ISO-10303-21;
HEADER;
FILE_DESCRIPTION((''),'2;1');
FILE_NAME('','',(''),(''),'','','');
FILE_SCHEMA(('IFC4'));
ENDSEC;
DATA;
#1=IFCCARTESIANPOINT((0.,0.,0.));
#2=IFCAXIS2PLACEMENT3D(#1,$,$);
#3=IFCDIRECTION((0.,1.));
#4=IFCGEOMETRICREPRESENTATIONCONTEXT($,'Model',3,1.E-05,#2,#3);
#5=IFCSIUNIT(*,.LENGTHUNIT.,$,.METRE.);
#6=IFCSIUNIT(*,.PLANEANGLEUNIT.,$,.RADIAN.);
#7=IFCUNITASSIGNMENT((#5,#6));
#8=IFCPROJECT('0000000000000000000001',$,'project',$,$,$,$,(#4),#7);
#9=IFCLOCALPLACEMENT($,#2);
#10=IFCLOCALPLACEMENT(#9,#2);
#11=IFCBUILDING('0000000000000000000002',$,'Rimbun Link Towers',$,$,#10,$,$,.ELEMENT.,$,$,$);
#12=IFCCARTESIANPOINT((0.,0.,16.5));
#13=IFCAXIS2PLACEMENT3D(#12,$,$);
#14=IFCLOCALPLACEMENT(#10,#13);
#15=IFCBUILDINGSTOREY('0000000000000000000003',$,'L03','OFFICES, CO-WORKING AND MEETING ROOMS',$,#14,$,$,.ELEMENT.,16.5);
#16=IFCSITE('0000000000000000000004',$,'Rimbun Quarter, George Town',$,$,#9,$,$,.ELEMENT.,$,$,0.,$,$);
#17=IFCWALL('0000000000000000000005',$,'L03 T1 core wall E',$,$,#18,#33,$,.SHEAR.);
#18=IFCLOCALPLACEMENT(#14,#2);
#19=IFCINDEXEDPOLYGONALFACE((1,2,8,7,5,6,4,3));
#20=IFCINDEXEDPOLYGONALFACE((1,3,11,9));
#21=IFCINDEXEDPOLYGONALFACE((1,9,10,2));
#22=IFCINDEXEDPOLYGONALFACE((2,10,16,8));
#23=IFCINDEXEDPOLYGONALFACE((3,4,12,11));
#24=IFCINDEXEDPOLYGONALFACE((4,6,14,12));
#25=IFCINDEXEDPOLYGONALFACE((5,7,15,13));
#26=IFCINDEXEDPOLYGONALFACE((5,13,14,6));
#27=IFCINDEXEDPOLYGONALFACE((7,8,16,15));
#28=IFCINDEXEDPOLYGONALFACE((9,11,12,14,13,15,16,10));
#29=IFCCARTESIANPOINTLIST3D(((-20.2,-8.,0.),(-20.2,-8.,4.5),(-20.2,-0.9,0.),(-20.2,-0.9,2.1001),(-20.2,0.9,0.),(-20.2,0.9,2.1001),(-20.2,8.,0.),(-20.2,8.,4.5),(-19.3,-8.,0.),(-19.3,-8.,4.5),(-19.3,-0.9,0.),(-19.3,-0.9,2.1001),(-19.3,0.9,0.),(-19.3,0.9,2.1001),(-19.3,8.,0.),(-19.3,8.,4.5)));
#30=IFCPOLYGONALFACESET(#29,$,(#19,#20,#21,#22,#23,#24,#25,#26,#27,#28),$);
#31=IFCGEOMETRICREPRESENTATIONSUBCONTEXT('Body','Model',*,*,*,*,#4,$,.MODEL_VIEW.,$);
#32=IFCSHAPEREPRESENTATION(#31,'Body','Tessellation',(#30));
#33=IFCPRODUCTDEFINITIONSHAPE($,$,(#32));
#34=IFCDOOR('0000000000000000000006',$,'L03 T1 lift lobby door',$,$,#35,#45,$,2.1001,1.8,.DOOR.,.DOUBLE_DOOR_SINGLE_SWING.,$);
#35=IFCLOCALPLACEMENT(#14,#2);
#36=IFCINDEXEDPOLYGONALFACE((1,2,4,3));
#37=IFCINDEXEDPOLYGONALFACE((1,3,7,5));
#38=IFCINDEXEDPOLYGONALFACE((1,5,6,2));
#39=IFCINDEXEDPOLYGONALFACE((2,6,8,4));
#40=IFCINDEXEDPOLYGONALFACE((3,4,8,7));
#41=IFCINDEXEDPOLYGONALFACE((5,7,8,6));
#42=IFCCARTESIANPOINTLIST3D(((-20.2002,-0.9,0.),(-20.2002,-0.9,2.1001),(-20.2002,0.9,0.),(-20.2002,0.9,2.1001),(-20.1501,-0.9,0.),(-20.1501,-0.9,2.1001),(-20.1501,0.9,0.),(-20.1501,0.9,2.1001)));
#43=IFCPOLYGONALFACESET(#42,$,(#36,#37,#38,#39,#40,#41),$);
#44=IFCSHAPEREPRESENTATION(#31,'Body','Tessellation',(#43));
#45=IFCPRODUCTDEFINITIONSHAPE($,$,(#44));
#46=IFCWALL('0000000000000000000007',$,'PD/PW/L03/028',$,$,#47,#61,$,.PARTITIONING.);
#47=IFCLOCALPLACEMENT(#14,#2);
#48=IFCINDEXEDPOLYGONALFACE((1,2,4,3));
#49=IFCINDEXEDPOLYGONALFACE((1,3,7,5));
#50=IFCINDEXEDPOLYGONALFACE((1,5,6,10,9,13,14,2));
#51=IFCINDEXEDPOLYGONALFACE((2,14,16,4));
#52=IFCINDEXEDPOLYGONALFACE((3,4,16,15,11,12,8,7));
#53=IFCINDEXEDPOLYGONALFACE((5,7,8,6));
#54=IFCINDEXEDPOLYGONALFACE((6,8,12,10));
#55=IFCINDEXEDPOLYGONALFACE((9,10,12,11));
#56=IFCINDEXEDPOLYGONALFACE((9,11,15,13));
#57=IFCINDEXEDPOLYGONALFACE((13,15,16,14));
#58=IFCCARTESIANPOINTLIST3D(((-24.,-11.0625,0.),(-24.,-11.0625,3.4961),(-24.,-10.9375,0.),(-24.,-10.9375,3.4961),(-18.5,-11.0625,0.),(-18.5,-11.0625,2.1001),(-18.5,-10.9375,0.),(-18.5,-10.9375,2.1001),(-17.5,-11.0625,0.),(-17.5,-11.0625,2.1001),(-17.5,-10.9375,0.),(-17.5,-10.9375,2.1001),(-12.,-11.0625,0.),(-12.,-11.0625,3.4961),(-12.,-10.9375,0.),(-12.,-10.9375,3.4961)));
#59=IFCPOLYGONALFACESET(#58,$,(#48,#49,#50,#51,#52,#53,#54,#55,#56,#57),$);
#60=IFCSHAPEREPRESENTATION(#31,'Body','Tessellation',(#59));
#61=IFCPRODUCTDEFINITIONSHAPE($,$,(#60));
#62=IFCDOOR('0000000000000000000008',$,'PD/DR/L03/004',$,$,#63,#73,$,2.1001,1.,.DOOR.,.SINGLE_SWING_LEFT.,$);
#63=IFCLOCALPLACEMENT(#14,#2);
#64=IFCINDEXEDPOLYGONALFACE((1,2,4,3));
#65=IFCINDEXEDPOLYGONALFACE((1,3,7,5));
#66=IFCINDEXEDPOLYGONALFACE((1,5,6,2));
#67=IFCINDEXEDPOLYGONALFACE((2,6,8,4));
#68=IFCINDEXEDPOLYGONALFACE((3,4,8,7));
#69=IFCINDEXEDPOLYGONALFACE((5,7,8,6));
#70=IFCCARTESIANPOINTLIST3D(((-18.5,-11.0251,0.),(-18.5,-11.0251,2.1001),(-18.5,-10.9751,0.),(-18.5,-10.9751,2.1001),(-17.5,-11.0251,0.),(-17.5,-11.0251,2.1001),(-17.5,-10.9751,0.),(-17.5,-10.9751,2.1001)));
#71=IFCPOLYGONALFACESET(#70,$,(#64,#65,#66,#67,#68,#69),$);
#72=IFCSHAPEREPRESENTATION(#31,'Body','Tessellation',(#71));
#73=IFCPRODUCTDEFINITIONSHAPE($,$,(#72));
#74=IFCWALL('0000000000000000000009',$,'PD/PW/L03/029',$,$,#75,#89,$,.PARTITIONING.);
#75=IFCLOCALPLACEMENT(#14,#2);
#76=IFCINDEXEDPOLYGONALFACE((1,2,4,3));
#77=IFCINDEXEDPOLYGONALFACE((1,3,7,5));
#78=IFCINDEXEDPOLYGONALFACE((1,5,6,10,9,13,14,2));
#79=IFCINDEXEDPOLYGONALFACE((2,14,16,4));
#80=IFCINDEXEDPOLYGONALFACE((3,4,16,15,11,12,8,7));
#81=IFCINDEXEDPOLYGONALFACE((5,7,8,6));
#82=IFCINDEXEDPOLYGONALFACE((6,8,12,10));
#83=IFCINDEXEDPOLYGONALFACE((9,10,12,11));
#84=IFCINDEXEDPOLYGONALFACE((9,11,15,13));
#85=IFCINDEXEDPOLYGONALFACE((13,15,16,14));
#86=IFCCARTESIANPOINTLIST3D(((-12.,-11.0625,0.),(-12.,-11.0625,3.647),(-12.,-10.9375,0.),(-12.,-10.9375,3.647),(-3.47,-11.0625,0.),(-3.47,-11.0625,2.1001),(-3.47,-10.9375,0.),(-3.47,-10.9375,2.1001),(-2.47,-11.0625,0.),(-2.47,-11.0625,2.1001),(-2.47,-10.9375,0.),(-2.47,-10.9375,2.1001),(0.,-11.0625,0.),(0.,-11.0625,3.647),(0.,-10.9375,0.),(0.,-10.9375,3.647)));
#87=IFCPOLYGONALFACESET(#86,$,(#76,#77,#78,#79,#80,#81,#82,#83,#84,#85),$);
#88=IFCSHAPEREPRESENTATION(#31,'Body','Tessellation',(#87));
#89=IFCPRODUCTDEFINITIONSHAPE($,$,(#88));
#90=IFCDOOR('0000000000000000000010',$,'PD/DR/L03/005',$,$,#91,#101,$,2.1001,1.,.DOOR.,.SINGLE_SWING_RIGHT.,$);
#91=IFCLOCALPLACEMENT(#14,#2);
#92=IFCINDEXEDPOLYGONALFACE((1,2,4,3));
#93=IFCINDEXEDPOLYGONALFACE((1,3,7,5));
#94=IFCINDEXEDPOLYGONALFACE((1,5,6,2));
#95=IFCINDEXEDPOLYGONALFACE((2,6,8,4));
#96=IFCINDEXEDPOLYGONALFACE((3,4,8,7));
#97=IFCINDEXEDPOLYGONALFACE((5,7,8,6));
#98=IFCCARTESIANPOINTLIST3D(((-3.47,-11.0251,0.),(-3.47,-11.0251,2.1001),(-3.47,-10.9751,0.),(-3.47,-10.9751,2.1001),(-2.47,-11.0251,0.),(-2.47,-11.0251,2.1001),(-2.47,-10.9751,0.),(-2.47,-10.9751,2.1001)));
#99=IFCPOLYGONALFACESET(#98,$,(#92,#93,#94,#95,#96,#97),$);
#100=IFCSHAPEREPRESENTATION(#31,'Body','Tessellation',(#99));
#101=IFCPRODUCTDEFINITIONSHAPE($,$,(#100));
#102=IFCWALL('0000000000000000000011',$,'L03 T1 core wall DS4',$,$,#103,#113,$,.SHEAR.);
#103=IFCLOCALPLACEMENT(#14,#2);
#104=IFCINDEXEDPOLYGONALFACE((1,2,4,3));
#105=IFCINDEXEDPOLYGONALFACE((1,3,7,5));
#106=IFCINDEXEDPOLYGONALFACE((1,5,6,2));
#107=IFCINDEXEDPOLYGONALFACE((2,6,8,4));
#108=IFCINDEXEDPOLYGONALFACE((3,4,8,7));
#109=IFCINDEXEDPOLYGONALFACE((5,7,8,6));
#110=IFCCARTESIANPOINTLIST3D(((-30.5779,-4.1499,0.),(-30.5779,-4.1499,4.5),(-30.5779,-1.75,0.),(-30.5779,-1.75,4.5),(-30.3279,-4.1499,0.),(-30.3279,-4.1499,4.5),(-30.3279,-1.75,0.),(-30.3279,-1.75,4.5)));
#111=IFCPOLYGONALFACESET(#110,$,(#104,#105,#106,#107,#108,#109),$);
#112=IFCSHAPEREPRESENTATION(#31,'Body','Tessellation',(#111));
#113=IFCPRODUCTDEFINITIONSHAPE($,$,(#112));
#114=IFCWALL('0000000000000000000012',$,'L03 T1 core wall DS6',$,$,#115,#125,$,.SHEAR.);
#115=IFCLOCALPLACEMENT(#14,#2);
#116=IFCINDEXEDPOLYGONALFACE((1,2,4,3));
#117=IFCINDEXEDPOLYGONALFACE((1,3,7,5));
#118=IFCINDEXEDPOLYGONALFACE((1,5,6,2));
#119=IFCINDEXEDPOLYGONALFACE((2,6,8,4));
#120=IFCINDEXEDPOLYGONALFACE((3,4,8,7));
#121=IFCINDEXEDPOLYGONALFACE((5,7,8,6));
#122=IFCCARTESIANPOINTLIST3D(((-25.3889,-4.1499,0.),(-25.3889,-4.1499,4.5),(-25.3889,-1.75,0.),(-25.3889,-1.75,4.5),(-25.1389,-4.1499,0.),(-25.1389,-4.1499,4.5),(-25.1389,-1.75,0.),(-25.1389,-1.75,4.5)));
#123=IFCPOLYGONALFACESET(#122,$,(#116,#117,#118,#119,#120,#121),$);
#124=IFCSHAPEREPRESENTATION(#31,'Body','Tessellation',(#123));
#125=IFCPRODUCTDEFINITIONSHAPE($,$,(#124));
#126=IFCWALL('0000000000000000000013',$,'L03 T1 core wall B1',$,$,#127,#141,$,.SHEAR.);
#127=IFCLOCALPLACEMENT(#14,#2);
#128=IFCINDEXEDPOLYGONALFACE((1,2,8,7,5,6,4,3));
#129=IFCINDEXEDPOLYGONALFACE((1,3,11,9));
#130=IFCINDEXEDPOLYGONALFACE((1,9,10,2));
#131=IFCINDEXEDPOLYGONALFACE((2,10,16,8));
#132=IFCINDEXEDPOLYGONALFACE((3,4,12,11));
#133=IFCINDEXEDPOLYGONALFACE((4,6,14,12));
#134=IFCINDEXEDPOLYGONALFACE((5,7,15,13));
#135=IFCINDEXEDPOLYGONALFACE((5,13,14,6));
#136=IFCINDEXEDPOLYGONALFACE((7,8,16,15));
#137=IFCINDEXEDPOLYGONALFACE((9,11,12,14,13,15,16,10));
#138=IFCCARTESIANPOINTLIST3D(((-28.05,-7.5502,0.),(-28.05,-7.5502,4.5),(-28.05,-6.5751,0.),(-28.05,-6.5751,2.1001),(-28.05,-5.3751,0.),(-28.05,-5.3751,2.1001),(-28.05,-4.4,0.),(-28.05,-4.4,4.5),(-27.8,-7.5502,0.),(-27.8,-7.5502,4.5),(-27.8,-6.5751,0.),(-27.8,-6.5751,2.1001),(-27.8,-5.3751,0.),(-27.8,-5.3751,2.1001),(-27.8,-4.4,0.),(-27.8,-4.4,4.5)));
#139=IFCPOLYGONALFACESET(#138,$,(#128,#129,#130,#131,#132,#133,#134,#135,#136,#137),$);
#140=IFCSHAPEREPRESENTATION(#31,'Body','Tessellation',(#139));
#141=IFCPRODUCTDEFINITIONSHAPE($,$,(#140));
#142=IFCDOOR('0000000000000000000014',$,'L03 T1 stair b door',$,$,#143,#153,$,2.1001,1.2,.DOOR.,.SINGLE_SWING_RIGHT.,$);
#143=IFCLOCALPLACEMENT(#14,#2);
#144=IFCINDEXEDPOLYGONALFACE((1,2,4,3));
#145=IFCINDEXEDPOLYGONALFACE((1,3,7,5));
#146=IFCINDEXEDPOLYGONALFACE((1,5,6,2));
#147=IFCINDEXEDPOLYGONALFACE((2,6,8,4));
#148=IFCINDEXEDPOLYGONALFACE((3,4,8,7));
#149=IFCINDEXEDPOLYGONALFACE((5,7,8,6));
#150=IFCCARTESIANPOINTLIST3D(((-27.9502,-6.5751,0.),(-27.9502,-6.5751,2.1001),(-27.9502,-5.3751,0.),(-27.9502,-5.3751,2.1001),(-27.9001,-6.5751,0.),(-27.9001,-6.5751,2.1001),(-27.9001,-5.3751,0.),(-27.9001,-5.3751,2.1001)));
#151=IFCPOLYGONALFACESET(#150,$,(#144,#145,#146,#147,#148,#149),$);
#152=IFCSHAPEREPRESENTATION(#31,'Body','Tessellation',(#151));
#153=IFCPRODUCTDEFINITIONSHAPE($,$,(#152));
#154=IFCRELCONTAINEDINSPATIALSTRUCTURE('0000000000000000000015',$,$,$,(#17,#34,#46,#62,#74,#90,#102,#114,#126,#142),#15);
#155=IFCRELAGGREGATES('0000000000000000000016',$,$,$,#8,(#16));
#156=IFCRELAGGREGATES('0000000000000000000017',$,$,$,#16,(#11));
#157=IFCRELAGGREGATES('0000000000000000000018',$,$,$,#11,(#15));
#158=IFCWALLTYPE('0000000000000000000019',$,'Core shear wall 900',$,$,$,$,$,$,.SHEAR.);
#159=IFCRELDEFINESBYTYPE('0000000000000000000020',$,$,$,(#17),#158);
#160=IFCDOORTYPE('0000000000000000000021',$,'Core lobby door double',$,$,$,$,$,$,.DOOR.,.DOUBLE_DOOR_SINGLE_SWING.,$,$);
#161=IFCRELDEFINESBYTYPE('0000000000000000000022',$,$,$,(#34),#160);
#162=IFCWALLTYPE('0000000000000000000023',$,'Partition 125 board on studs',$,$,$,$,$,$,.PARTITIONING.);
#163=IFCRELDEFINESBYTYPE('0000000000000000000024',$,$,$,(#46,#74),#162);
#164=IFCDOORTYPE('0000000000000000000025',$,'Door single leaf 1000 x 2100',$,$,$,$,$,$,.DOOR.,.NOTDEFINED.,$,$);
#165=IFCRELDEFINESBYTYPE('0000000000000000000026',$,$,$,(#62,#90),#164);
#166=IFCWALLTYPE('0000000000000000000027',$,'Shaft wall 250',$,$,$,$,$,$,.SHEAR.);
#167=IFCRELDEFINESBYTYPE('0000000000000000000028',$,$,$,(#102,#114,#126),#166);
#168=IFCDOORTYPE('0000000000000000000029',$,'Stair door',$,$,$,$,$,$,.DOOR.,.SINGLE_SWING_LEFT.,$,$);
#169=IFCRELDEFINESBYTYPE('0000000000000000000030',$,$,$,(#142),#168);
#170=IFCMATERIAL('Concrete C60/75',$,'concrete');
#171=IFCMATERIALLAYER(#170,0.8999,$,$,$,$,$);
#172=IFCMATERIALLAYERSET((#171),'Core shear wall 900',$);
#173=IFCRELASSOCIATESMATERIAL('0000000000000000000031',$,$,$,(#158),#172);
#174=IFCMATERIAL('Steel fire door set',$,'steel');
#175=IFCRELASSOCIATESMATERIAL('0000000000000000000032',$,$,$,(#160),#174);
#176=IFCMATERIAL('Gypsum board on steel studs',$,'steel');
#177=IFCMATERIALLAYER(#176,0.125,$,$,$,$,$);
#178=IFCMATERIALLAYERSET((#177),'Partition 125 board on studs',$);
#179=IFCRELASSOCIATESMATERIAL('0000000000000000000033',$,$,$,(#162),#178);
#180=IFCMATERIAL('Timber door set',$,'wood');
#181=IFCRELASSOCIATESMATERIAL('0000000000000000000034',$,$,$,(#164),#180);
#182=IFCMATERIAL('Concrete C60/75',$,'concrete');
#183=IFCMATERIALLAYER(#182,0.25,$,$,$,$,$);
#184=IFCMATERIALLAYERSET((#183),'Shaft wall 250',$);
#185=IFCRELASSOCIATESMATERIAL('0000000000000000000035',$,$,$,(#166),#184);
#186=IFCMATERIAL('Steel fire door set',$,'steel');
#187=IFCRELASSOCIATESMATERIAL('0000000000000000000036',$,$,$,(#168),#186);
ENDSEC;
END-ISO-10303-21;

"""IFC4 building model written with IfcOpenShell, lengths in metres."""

from ifc_helpers import new_model, si_unit, direction, frame, frame_2d, origin, place, context, subcontext, project, spatial, rectangle, extrude, material, layer, layer_set, type_object, element, fill, save


model = new_model("IFC4")

# Units and contexts
model_context = context("Model", 3, precision=1e-05, world=origin(), true_north=direction((0.0, 1.0)))
body_context = subcontext(model_context, "Body", "Model", "MODEL_VIEW")
ifc_project = project(units=[si_unit("LENGTHUNIT", "METRE"), si_unit("PLANEANGLEUNIT", "RADIAN")], contexts=[model_context])

# Site, building, storey
site_placement = place(None, origin())
site = spatial("IfcSite", under=ifc_project, at=site_placement, Name="Rimbun Quarter, George Town", CompositionType="ELEMENT", RefElevation=0.0)
building_placement = place(site_placement, origin())
building = spatial("IfcBuilding", under=site, at=building_placement, Name="Rimbun Link Towers", CompositionType="ELEMENT")
storey_placement = place(building_placement, frame((0.0, 0.0, 16.5)))
storey = spatial("IfcBuildingStorey", under=building, at=storey_placement, Name="L03", Description="OFFICES, CO-WORKING AND MEETING ROOMS", CompositionType="ELEMENT", Elevation=16.5)

# Walls, openings, doors
ifc_material_1 = material(Name="Concrete C60/75", Category="concrete")
ifc_layer_1 = layer(ifc_material_1, 0.8999)
ifc_layer_set_1 = layer_set([ifc_layer_1], Name="Core shear wall 900")
wall_type_1 = type_object("IfcWallType", Name="Core shear wall 900", PredefinedType="SHEAR", material=ifc_layer_set_1)
wall_1_placement = place(storey_placement, frame((-19.75, -8.0, 0.0), z_axis=(0.0, 0.0, 1.0), x_axis=(0.0, 1.0, 0.0)))
wall_1 = element("IfcWall", 1, at=wall_1_placement, inside=storey, type_object=wall_type_1, Name="L03 T1 core wall E", PredefinedType="SHEAR", context=body_context, shape_type="SweptSolid", body=[
    extrude(rectangle(XDim=16.0, YDim=0.8999, at=frame_2d((8.0, 0.0))), origin(), (0.0, 0.0, 1.0), 4.5),
])
opening_1_placement = place(wall_1_placement, frame((7.1001, 0.0, 0.0)))
opening_1 = element("IfcOpeningElement", 2, at=opening_1_placement, cuts=wall_1, PredefinedType="OPENING", context=body_context, shape_type="SweptSolid", body=[
    extrude(rectangle(XDim=1.8, YDim=2.1001, at=frame_2d((0.8999, 1.05))), frame((0.0, 0.46, 0.0), z_axis=(0.0, -1.0, 0.0), x_axis=(1.0, 0.0, 0.0)), (0.0, 0.0, 1.0), 0.9199),
])
ifc_material_2 = material(Name="Steel fire door set", Category="steel")
door_type_1 = type_object("IfcDoorType", Name="Core lobby door double", OperationType="DOUBLE_DOOR_SINGLE_SWING", PredefinedType="DOOR", material=ifc_material_2)
door_1_placement = place(opening_1_placement, origin())
door_1 = element("IfcDoor", 3, at=door_1_placement, inside=storey, type_object=door_type_1, Name="L03 T1 lift lobby door", OperationType="DOUBLE_DOOR_SINGLE_SWING", OverallHeight=2.1001, OverallWidth=1.8, PredefinedType="DOOR", context=body_context, shape_type="SweptSolid", body=[
    extrude(rectangle(XDim=1.8, YDim=2.1001, at=frame_2d((0.8999, 1.05))), frame((0.0, 0.4502, 0.0), z_axis=(0.0, -1.0, 0.0), x_axis=(1.0, 0.0, 0.0)), (0.0, 0.0, 1.0), 0.05),
])
fill(opening_1, door_1)
ifc_material_3 = material(Name="Gypsum board on steel studs", Category="steel")
ifc_layer_2 = layer(ifc_material_3, 0.125)
ifc_layer_set_2 = layer_set([ifc_layer_2], Name="Partition 125 board on studs")
wall_type_2 = type_object("IfcWallType", Name="Partition 125 board on studs", PredefinedType="PARTITIONING", material=ifc_layer_set_2)
wall_2_placement = place(storey_placement, frame((-24.0, -11.0, 0.0), z_axis=(0.0, 0.0, 1.0), x_axis=(1.0, 0.0, 0.0)))
wall_2 = element("IfcWall", 4, at=wall_2_placement, inside=storey, type_object=wall_type_2, Name="PD/PW/L03/028", PredefinedType="PARTITIONING", context=body_context, shape_type="SweptSolid", body=[
    extrude(rectangle(XDim=12.0, YDim=0.125, at=frame_2d((6.0, 0.0))), origin(), (0.0, 0.0, 1.0), 3.4961),
])
opening_2_placement = place(wall_2_placement, frame((5.5, 0.0, 0.0)))
opening_2 = element("IfcOpeningElement", 5, at=opening_2_placement, cuts=wall_2, PredefinedType="OPENING", context=body_context, shape_type="SweptSolid", body=[
    extrude(rectangle(XDim=1.0, YDim=2.1001, at=frame_2d((0.5, 1.05))), frame((0.0, 0.0725, 0.0), z_axis=(0.0, -1.0, 0.0), x_axis=(1.0, 0.0, 0.0)), (0.0, 0.0, 1.0), 0.145),
])
ifc_material_4 = material(Name="Timber door set", Category="wood")
door_type_2 = type_object("IfcDoorType", Name="Door single leaf 1000 x 2100", OperationType="NOTDEFINED", PredefinedType="DOOR", material=ifc_material_4)
door_2_placement = place(opening_2_placement, origin())
door_2 = element("IfcDoor", 6, at=door_2_placement, inside=storey, type_object=door_type_2, Name="PD/DR/L03/004", OperationType="SINGLE_SWING_LEFT", OverallHeight=2.1001, OverallWidth=1.0, PredefinedType="DOOR", context=body_context, shape_type="SweptSolid", body=[
    extrude(rectangle(XDim=1.0, YDim=2.1001, at=frame_2d((0.5, 1.05))), frame((0.0, 0.0249, 0.0), z_axis=(0.0, -1.0, 0.0), x_axis=(1.0, 0.0, 0.0)), (0.0, 0.0, 1.0), 0.05),
])
fill(opening_2, door_2)
wall_3_placement = place(storey_placement, frame((-12.0, -11.0, 0.0), z_axis=(0.0, 0.0, 1.0), x_axis=(1.0, 0.0, 0.0)))
wall_3 = element("IfcWall", 7, at=wall_3_placement, inside=storey, type_object=wall_type_2, Name="PD/PW/L03/029", PredefinedType="PARTITIONING", context=body_context, shape_type="SweptSolid", body=[
    extrude(rectangle(XDim=12.0, YDim=0.125, at=frame_2d((6.0, 0.0))), origin(), (0.0, 0.0, 1.0), 3.647),
])
opening_3_placement = place(wall_3_placement, frame((8.53, 0.0, 0.0)))
opening_3 = element("IfcOpeningElement", 8, at=opening_3_placement, cuts=wall_3, PredefinedType="OPENING", context=body_context, shape_type="SweptSolid", body=[
    extrude(rectangle(XDim=1.0, YDim=2.1001, at=frame_2d((0.5, 1.05))), frame((0.0, 0.0725, 0.0), z_axis=(0.0, -1.0, 0.0), x_axis=(1.0, 0.0, 0.0)), (0.0, 0.0, 1.0), 0.145),
])
door_3_placement = place(opening_3_placement, origin())
door_3 = element("IfcDoor", 9, at=door_3_placement, inside=storey, type_object=door_type_2, Name="PD/DR/L03/005", OperationType="SINGLE_SWING_RIGHT", OverallHeight=2.1001, OverallWidth=1.0, PredefinedType="DOOR", context=body_context, shape_type="SweptSolid", body=[
    extrude(rectangle(XDim=1.0, YDim=2.1001, at=frame_2d((0.5, 1.05))), frame((0.0, 0.0249, 0.0), z_axis=(0.0, -1.0, 0.0), x_axis=(1.0, 0.0, 0.0)), (0.0, 0.0, 1.0), 0.05),
])
fill(opening_3, door_3)

# Walls
ifc_material_5 = material(Name="Concrete C60/75", Category="concrete")
ifc_layer_3 = layer(ifc_material_5, 0.25)
ifc_layer_set_3 = layer_set([ifc_layer_3], Name="Shaft wall 250")
wall_type_3 = type_object("IfcWallType", Name="Shaft wall 250", PredefinedType="SHEAR", material=ifc_layer_set_3)
for number, where, z_axis, x_axis, name in (
    (10, (-30.4529, -4.1499, 0.0), (0.0, 0.0, 1.0), (0.0, 1.0, 0.0), "L03 T1 core wall DS4"),
    (11, (-25.2639, -4.1499, 0.0), (0.0, 0.0, 1.0), (0.0, 1.0, 0.0), "L03 T1 core wall DS6"),
):
    element("IfcWall", number, at=place(storey_placement, frame(where, z_axis=z_axis, x_axis=x_axis)), inside=storey, type_object=wall_type_3, Name=name, PredefinedType="SHEAR", context=body_context, shape_type="SweptSolid", body=[
        extrude(rectangle(XDim=2.3999, YDim=0.25, at=frame_2d((1.2, 0.0))), origin(), (0.0, 0.0, 1.0), 4.5),
    ])

# Wall, opening, door
wall_4_placement = place(storey_placement, frame((-27.925, -4.3999, 0.0), z_axis=(0.0, 0.0, 1.0), x_axis=(0.0, -1.0, 0.0)))
wall_4 = element("IfcWall", 12, at=wall_4_placement, inside=storey, type_object=wall_type_3, Name="L03 T1 core wall B1", PredefinedType="SHEAR", context=body_context, shape_type="SweptSolid", body=[
    extrude(rectangle(XDim=3.1501, YDim=0.25, at=frame_2d((1.5752, 0.0))), origin(), (0.0, 0.0, 1.0), 4.5),
])
opening_4_placement = place(wall_4_placement, frame((0.9751, 0.0, 0.0)))
opening_4 = element("IfcOpeningElement", 13, at=opening_4_placement, cuts=wall_4, PredefinedType="OPENING", context=body_context, shape_type="SweptSolid", body=[
    extrude(rectangle(XDim=1.2, YDim=2.1001, at=frame_2d((0.6001, 1.05))), frame((0.0, 0.135, 0.0), z_axis=(0.0, -1.0, 0.0), x_axis=(1.0, 0.0, 0.0)), (0.0, 0.0, 1.0), 0.27),
])
ifc_material_6 = material(Name="Steel fire door set", Category="steel")
door_type_3 = type_object("IfcDoorType", Name="Stair door", OperationType="SINGLE_SWING_LEFT", PredefinedType="DOOR", material=ifc_material_6)
door_4_placement = place(opening_4_placement, origin())
door_4 = element("IfcDoor", 14, at=door_4_placement, inside=storey, type_object=door_type_3, Name="L03 T1 stair b door", OperationType="SINGLE_SWING_RIGHT", OverallHeight=2.1001, OverallWidth=1.2, PredefinedType="DOOR", context=body_context, shape_type="SweptSolid", body=[
    extrude(rectangle(XDim=1.2, YDim=2.1001, at=frame_2d((0.6001, 1.05))), frame((0.0, 0.0249, 0.0), z_axis=(0.0, -1.0, 0.0), x_axis=(1.0, 0.0, 0.0)), (0.0, 0.0, 1.0), 0.05),
])
fill(opening_4, door_4)

save(model, "model.ifc")
